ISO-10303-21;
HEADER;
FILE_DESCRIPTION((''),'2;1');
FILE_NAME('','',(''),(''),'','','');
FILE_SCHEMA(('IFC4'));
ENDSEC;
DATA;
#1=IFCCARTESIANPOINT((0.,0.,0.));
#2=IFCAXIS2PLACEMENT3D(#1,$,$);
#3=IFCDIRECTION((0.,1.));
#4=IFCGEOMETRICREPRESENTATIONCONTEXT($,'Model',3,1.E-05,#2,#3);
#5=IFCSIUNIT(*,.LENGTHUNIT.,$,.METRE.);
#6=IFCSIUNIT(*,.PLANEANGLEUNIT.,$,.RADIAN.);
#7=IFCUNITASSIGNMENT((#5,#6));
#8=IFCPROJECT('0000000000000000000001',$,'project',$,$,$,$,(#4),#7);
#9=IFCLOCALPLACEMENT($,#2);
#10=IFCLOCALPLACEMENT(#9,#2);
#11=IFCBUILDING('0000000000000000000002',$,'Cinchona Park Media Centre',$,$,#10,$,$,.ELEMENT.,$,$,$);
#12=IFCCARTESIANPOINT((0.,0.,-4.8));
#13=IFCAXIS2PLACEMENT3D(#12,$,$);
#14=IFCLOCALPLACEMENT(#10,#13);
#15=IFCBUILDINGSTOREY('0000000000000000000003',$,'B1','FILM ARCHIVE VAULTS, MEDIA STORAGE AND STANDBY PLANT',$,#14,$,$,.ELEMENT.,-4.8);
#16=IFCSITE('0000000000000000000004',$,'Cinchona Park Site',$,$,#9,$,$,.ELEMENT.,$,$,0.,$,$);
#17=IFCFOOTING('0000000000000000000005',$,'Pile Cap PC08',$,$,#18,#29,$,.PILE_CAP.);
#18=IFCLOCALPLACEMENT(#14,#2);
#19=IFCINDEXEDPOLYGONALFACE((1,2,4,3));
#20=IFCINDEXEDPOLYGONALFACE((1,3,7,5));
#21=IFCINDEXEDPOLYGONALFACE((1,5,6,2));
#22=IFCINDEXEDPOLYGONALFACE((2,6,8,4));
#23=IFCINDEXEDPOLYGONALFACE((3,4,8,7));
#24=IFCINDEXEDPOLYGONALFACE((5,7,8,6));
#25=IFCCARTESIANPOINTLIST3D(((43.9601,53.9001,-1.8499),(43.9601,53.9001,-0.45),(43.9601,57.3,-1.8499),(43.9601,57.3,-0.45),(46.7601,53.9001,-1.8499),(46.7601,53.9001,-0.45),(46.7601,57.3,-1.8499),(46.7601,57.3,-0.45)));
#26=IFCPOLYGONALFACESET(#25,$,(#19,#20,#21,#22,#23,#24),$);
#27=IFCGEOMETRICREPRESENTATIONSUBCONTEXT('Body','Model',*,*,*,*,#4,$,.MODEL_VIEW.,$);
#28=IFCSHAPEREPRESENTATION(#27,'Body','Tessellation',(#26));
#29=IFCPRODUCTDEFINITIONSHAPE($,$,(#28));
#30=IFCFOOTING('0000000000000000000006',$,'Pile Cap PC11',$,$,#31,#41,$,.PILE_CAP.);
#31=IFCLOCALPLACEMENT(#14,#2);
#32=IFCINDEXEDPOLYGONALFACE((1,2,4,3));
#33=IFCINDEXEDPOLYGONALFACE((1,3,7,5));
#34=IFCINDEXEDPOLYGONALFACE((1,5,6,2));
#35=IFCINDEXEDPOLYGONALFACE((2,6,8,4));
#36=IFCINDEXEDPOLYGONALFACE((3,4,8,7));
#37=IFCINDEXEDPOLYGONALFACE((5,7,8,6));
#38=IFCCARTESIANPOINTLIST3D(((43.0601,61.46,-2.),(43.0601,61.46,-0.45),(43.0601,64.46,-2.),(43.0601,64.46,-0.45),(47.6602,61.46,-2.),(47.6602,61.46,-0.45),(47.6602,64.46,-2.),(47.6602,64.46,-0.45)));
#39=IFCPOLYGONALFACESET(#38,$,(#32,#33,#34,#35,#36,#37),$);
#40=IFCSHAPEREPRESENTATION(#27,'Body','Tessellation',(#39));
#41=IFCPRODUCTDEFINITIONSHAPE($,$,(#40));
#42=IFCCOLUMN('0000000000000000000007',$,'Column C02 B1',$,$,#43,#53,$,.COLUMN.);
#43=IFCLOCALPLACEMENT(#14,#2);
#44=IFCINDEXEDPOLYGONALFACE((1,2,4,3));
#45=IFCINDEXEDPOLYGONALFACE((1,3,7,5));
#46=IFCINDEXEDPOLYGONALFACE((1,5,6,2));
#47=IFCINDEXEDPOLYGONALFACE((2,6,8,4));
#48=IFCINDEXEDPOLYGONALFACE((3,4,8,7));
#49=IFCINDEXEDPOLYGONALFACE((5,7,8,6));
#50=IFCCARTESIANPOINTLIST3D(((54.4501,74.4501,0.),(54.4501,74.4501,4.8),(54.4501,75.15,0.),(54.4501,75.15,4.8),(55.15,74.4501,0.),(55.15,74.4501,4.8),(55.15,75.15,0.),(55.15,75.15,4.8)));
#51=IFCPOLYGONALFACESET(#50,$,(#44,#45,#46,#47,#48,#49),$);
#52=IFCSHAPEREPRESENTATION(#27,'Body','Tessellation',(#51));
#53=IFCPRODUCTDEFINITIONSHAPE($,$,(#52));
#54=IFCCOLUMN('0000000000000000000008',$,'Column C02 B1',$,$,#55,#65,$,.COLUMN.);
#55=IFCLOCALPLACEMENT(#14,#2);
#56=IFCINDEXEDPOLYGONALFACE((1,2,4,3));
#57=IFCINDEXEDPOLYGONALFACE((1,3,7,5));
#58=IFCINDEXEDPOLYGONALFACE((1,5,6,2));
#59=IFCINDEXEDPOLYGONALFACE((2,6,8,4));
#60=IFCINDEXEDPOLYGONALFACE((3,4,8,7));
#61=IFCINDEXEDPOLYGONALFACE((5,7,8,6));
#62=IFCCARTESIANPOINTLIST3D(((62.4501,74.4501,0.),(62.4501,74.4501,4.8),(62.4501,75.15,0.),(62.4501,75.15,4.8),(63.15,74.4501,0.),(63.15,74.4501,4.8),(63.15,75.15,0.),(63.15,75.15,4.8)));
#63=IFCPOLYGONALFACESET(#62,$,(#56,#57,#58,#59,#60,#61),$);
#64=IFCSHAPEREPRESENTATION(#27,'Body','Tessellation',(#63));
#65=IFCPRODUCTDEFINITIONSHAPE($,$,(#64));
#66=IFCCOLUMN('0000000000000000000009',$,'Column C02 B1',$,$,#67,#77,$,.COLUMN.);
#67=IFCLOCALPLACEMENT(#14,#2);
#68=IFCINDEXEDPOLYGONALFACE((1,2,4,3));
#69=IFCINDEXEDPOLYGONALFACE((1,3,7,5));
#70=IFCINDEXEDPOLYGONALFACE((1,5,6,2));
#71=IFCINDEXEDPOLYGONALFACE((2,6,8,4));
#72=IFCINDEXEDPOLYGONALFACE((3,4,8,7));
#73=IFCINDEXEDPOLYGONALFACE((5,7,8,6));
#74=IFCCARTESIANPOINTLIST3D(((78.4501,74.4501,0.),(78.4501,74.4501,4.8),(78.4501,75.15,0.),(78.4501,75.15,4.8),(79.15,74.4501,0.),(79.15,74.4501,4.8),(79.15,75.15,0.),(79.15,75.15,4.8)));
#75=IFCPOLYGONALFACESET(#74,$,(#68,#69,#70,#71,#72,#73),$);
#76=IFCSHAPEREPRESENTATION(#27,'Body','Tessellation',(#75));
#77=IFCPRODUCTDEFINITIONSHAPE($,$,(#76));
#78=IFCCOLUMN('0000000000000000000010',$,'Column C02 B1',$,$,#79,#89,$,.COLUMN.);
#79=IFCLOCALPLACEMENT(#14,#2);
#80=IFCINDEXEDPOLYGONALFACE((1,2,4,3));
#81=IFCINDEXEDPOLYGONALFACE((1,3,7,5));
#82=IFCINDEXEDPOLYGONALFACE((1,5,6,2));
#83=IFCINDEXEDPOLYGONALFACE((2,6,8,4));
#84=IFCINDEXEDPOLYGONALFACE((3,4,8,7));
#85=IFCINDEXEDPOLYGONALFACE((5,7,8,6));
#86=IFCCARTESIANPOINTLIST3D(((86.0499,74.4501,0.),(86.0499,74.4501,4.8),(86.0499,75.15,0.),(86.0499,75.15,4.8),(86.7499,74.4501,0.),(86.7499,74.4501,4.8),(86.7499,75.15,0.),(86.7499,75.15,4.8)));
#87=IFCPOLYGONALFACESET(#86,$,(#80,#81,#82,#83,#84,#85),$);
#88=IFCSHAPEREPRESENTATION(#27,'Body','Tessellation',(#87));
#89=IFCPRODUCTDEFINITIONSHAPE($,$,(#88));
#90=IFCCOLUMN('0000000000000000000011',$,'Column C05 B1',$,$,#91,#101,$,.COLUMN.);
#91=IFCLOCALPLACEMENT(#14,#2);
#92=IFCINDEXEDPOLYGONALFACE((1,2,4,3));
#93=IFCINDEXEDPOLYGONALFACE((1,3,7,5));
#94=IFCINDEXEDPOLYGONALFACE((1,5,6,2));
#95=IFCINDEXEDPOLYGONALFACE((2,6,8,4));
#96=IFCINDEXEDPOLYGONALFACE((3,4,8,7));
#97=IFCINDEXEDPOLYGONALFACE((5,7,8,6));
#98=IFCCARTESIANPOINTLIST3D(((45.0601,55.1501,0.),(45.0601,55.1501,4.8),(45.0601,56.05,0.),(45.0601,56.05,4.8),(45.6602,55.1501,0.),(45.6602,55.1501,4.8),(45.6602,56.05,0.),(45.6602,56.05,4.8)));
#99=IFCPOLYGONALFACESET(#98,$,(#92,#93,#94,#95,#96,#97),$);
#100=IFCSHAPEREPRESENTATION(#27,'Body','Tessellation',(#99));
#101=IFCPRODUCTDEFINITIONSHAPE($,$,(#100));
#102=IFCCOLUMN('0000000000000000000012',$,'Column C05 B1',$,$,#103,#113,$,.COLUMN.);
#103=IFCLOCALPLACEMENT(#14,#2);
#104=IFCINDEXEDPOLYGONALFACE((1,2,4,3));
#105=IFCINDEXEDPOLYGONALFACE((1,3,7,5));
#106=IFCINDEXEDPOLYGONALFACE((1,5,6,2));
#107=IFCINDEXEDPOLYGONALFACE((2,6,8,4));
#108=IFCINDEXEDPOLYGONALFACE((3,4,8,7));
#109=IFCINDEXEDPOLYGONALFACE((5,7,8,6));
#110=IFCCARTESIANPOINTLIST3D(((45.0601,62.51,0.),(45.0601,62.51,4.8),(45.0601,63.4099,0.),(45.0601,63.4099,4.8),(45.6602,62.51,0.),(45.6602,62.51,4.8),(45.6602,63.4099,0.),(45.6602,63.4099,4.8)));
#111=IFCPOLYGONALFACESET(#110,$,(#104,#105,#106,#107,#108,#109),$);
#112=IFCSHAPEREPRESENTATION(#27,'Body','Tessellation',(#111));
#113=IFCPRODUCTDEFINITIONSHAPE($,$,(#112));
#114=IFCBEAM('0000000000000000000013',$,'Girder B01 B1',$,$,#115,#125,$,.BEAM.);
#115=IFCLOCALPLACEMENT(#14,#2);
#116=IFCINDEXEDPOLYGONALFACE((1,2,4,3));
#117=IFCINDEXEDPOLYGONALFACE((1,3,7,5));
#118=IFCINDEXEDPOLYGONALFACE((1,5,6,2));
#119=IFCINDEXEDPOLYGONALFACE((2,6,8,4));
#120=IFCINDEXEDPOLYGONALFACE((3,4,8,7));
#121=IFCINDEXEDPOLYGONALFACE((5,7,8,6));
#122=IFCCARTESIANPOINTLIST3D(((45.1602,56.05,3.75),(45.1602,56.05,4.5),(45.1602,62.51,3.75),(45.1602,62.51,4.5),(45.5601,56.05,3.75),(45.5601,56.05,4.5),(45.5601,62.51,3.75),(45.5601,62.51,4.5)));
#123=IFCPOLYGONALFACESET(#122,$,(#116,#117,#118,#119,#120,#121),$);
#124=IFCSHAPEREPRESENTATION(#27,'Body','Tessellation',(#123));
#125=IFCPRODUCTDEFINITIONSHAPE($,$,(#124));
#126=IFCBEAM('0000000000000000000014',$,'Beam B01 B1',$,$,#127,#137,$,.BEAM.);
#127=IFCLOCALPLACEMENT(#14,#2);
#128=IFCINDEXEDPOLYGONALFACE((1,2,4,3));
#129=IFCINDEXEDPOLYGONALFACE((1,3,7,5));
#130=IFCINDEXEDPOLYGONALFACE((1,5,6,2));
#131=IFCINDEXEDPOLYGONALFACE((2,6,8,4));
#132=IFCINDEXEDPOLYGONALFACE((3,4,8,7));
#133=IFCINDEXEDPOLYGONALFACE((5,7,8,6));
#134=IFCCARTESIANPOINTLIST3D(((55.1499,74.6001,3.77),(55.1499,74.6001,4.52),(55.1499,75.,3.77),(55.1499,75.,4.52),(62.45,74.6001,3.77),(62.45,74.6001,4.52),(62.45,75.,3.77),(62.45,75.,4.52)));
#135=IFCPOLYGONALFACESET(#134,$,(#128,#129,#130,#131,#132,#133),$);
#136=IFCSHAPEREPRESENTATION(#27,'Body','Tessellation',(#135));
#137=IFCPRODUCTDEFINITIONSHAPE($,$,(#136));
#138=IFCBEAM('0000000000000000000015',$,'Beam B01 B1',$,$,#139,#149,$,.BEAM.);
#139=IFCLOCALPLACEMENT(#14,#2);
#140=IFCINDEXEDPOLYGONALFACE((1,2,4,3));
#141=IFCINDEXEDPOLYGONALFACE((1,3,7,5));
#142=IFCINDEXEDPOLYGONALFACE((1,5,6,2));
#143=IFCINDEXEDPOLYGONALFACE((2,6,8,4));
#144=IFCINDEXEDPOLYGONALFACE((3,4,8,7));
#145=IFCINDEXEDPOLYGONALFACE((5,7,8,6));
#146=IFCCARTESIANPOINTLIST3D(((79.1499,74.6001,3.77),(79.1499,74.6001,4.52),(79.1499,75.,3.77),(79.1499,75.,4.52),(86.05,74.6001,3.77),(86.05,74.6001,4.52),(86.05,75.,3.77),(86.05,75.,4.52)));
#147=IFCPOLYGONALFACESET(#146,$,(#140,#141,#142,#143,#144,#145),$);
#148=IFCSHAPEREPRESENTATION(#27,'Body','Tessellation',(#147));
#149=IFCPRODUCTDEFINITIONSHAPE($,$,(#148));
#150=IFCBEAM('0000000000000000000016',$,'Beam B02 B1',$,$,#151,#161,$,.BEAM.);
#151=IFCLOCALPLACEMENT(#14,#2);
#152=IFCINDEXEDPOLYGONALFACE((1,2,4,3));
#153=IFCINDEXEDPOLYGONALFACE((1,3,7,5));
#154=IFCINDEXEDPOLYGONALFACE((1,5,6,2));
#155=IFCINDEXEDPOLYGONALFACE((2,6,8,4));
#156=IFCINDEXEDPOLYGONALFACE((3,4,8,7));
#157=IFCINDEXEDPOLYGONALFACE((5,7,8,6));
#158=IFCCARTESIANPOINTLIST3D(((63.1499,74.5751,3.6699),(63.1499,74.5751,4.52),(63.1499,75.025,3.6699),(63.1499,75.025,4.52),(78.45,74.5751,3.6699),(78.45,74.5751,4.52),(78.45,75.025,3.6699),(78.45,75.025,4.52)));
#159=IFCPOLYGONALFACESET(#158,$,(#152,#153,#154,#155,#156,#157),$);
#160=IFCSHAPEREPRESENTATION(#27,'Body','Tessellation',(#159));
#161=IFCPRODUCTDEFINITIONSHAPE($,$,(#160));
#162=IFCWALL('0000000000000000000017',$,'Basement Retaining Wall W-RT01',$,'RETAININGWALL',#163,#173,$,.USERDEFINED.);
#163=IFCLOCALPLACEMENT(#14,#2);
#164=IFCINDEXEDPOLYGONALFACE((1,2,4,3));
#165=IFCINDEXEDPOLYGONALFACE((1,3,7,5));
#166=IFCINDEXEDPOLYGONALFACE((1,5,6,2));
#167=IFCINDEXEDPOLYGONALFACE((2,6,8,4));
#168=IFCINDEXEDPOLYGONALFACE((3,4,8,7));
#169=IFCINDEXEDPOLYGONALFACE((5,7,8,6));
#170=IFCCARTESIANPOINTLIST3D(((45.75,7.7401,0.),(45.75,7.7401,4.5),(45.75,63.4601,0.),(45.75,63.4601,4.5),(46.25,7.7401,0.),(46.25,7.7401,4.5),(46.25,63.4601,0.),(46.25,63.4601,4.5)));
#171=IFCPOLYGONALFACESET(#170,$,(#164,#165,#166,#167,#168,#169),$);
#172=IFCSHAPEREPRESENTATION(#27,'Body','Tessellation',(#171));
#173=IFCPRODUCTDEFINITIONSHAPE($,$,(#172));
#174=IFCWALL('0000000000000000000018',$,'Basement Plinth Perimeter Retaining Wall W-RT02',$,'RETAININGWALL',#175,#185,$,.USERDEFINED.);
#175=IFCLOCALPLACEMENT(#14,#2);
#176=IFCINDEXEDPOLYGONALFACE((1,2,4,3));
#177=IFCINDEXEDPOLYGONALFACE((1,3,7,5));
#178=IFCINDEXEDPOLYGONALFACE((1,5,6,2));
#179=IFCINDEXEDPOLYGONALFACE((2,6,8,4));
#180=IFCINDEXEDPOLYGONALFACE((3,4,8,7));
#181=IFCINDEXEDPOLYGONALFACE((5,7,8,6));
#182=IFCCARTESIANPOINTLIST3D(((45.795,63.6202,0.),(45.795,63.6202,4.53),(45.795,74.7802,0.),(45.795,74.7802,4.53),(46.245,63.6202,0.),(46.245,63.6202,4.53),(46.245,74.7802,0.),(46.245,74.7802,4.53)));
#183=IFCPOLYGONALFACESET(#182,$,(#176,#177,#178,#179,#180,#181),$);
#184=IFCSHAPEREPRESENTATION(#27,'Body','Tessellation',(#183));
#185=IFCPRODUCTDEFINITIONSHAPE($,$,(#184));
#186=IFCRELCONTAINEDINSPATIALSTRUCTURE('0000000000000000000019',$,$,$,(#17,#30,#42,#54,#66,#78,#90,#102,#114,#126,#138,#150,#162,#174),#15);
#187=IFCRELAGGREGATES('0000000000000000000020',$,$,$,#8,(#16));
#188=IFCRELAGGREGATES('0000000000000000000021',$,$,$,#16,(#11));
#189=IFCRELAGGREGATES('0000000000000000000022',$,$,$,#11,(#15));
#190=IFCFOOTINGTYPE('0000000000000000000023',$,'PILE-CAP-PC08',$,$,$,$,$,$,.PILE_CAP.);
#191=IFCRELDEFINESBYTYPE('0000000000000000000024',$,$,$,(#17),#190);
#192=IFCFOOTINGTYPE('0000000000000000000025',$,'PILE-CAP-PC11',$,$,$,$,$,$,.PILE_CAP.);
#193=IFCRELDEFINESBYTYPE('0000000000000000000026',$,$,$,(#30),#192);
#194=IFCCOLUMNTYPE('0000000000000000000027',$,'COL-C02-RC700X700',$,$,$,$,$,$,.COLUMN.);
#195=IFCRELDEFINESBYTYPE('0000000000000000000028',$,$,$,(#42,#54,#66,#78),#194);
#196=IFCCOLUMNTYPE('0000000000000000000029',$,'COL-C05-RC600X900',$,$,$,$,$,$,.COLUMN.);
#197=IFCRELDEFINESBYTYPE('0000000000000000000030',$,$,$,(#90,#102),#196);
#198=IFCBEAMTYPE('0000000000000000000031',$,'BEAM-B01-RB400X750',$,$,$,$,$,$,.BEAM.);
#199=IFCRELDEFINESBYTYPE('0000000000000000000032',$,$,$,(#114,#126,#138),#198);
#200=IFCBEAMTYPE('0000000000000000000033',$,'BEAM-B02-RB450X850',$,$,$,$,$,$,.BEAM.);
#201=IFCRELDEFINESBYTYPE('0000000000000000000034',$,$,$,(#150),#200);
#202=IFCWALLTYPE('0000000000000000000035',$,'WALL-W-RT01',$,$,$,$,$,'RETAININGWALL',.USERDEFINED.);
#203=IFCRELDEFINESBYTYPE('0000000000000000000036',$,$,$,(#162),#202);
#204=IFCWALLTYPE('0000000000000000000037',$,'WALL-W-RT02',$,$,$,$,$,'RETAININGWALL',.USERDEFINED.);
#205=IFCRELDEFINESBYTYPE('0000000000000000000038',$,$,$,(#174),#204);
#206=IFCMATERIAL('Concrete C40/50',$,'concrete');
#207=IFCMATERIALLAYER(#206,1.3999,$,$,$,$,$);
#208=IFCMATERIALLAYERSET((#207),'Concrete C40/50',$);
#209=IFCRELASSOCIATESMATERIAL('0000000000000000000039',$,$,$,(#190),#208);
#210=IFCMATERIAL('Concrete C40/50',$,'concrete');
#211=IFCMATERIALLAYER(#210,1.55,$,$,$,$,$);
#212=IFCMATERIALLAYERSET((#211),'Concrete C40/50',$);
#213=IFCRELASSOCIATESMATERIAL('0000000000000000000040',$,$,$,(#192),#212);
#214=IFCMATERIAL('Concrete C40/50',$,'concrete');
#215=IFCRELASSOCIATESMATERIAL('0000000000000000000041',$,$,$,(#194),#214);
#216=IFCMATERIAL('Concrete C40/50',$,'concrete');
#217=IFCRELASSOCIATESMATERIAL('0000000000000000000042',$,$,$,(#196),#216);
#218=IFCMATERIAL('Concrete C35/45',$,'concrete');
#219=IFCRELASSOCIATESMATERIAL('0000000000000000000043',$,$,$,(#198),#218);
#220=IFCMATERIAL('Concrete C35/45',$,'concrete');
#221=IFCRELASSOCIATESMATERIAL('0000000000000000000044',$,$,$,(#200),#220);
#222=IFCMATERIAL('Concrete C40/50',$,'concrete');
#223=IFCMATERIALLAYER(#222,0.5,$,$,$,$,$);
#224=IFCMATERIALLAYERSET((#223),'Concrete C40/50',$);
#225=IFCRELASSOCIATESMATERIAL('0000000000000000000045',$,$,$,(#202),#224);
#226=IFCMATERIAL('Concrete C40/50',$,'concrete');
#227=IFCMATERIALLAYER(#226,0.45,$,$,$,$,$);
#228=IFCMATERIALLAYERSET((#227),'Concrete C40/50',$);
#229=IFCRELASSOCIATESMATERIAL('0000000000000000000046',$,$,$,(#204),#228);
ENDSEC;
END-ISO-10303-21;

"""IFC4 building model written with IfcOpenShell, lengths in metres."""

from ifc_helpers import new_model, si_unit, direction, frame, frame_2d, origin, origin_2d, place, context, subcontext, project, spatial, rectangle, extrude, material, layer, layer_set, material_profile, profile_set, type_object, element, save


model = new_model("IFC4")

# Units and contexts
model_context = context("Model", 3, precision=1e-05, world=origin(), true_north=direction((0.0, 1.0)))
body_context = subcontext(model_context, "Body", "Model", "MODEL_VIEW")
ifc_project = project(units=[si_unit("LENGTHUNIT", "METRE"), si_unit("PLANEANGLEUNIT", "RADIAN")], contexts=[model_context])

# Site, building, storey
site_placement = place(None, origin())
site = spatial("IfcSite", under=ifc_project, at=site_placement, Name="Cinchona Park Site", CompositionType="ELEMENT", RefElevation=0.0)
building_placement = place(site_placement, origin())
building = spatial("IfcBuilding", under=site, at=building_placement, Name="Cinchona Park Media Centre", CompositionType="ELEMENT")
storey_placement = place(building_placement, frame((0.0, 0.0, -4.8)))
storey = spatial("IfcBuildingStorey", under=building, at=storey_placement, Name="B1", Description="FILM ARCHIVE VAULTS, MEDIA STORAGE AND STANDBY PLANT", CompositionType="ELEMENT", Elevation=-4.8)

# Footings
ifc_material_1 = material(Name="Concrete C40/50", Category="concrete")
ifc_layer_1 = layer(ifc_material_1, 1.3999)
ifc_layer_set_1 = layer_set([ifc_layer_1], Name="Concrete C40/50")
footing_type_1 = type_object("IfcFootingType", Name="PILE-CAP-PC08", PredefinedType="PILE_CAP", material=ifc_layer_set_1)
footing_1_placement = place(storey_placement, frame((45.3601, 55.6001, -1.8499), z_axis=(0.0, 0.0, 1.0), x_axis=(1.0, 0.0, 0.0)))
element("IfcFooting", 1, at=footing_1_placement, inside=storey, type_object=footing_type_1, Name="Pile Cap PC08", PredefinedType="PILE_CAP", context=body_context, shape_type="SweptSolid", body=[
    extrude(rectangle(XDim=2.8, YDim=3.3999, at=origin_2d()), origin(), (0.0, 0.0, 1.0), 1.3999),
])
ifc_material_2 = material(Name="Concrete C40/50", Category="concrete")
ifc_layer_2 = layer(ifc_material_2, 1.55)
ifc_layer_set_2 = layer_set([ifc_layer_2], Name="Concrete C40/50")
footing_type_2 = type_object("IfcFootingType", Name="PILE-CAP-PC11", PredefinedType="PILE_CAP", material=ifc_layer_set_2)
footing_2_placement = place(storey_placement, frame((45.3601, 62.96, -2.0), z_axis=(0.0, 0.0, 1.0), x_axis=(1.0, 0.0, 0.0)))
element("IfcFooting", 2, at=footing_2_placement, inside=storey, type_object=footing_type_2, Name="Pile Cap PC11", PredefinedType="PILE_CAP", context=body_context, shape_type="SweptSolid", body=[
    extrude(rectangle(XDim=4.6001, YDim=3.0, at=origin_2d()), origin(), (0.0, 0.0, 1.0), 1.55),
])

# Columns
ifc_material_3 = material(Name="Concrete C40/50", Category="concrete")
ifc_material_profile_1 = material_profile(ifc_material_3, rectangle(XDim=0.7, YDim=0.7, at=origin_2d()), Name="RC 700X700")
ifc_profile_set_1 = profile_set([ifc_material_profile_1], Name="Concrete C40/50")
column_type_1 = type_object("IfcColumnType", Name="COL-C02-RC700X700", PredefinedType="COLUMN", material=ifc_profile_set_1)
for number, where, z_axis, x_axis, name in (
    (3, (54.8, 74.8, 0.0), (0.0, 0.0, 1.0), (1.0, 0.0, 0.0), "Column C02 B1"),
    (4, (62.8, 74.8, 0.0), (0.0, 0.0, 1.0), (1.0, 0.0, 0.0), "Column C02 B1"),
    (5, (78.8, 74.8, 0.0), (0.0, 0.0, 1.0), (1.0, 0.0, 0.0), "Column C02 B1"),
    (6, (86.3999, 74.8, 0.0), (0.0, 0.0, 1.0), (1.0, 0.0, 0.0), "Column C02 B1"),
):
    element("IfcColumn", number, at=place(storey_placement, frame(where, z_axis=z_axis, x_axis=x_axis)), inside=storey, type_object=column_type_1, Name=name, PredefinedType="COLUMN", context=body_context, shape_type="SweptSolid", body=[
        extrude(rectangle(XDim=0.7, YDim=0.7, at=origin_2d()), origin(), (0.0, 0.0, 1.0), 4.8),
    ])
ifc_material_4 = material(Name="Concrete C40/50", Category="concrete")
ifc_material_profile_2 = material_profile(ifc_material_4, rectangle(XDim=0.6001, YDim=0.8999, at=origin_2d()), Name="RC 600X900")
ifc_profile_set_2 = profile_set([ifc_material_profile_2], Name="Concrete C40/50")
column_type_2 = type_object("IfcColumnType", Name="COL-C05-RC600X900", PredefinedType="COLUMN", material=ifc_profile_set_2)
for number, where, z_axis, x_axis, name in (
    (7, (45.3601, 55.6001, 0.0), (0.0, 0.0, 1.0), (1.0, 0.0, 0.0), "Column C05 B1"),
    (8, (45.3601, 62.96, 0.0), (0.0, 0.0, 1.0), (1.0, 0.0, 0.0), "Column C05 B1"),
):
    element("IfcColumn", number, at=place(storey_placement, frame(where, z_axis=z_axis, x_axis=x_axis)), inside=storey, type_object=column_type_2, Name=name, PredefinedType="COLUMN", context=body_context, shape_type="SweptSolid", body=[
        extrude(rectangle(XDim=0.6001, YDim=0.8999, at=origin_2d()), origin(), (0.0, 0.0, 1.0), 4.8),
    ])

# Beams
ifc_material_5 = material(Name="Concrete C35/45", Category="concrete")
ifc_material_profile_3 = material_profile(ifc_material_5, rectangle(XDim=0.3999, YDim=0.75, at=origin_2d()), Name="RB 400X750")
ifc_profile_set_3 = profile_set([ifc_material_profile_3], Name="Concrete C35/45")
beam_type_1 = type_object("IfcBeamType", Name="BEAM-B01-RB400X750", PredefinedType="BEAM", material=ifc_profile_set_3)
beam_1_placement = place(storey_placement, frame((45.3601, 56.05, 4.125), z_axis=(0.0, 1.0, 0.0), x_axis=(-1.0, 0.0, 0.0)))
element("IfcBeam", 9, at=beam_1_placement, inside=storey, type_object=beam_type_1, Name="Girder B01 B1", PredefinedType="BEAM", context=body_context, shape_type="SweptSolid", body=[
    extrude(rectangle(XDim=0.3999, YDim=0.75, at=origin_2d()), origin(), (0.0, 0.0, 1.0), 6.46),
])
beam_2_placement = place(storey_placement, frame((55.1499, 74.8, 4.145), z_axis=(1.0, 0.0, 0.0), x_axis=(0.0, 1.0, 0.0)))
element("IfcBeam", 10, at=beam_2_placement, inside=storey, type_object=beam_type_1, Name="Beam B01 B1", PredefinedType="BEAM", context=body_context, shape_type="SweptSolid", body=[
    extrude(rectangle(XDim=0.3999, YDim=0.75, at=origin_2d()), origin(), (0.0, 0.0, 1.0), 7.3),
])
beam_3_placement = place(storey_placement, frame((79.1499, 74.8, 4.145), z_axis=(1.0, 0.0, 0.0), x_axis=(0.0, 1.0, 0.0)))
element("IfcBeam", 11, at=beam_3_placement, inside=storey, type_object=beam_type_1, Name="Beam B01 B1", PredefinedType="BEAM", context=body_context, shape_type="SweptSolid", body=[
    extrude(rectangle(XDim=0.3999, YDim=0.75, at=origin_2d()), origin(), (0.0, 0.0, 1.0), 6.9001),
])
ifc_material_6 = material(Name="Concrete C35/45", Category="concrete")
ifc_material_profile_4 = material_profile(ifc_material_6, rectangle(XDim=0.45, YDim=0.8501, at=origin_2d()), Name="RB 450X850")
ifc_profile_set_4 = profile_set([ifc_material_profile_4], Name="Concrete C35/45")
beam_type_2 = type_object("IfcBeamType", Name="BEAM-B02-RB450X850", PredefinedType="BEAM", material=ifc_profile_set_4)
beam_4_placement = place(storey_placement, frame((63.1499, 74.8, 4.095), z_axis=(1.0, 0.0, 0.0), x_axis=(0.0, 1.0, 0.0)))
element("IfcBeam", 12, at=beam_4_placement, inside=storey, type_object=beam_type_2, Name="Beam B02 B1", PredefinedType="BEAM", context=body_context, shape_type="SweptSolid", body=[
    extrude(rectangle(XDim=0.45, YDim=0.8501, at=origin_2d()), origin(), (0.0, 0.0, 1.0), 15.3),
])

# Walls
ifc_material_7 = material(Name="Concrete C40/50", Category="concrete")
ifc_layer_3 = layer(ifc_material_7, 0.5)
ifc_layer_set_3 = layer_set([ifc_layer_3], Name="Concrete C40/50")
wall_type_1 = type_object("IfcWallType", Name="WALL-W-RT01", ElementType="RETAININGWALL", PredefinedType="USERDEFINED", material=ifc_layer_set_3)
wall_1_placement = place(storey_placement, frame((46.0, 63.46, 0.0), z_axis=(0.0, 0.0, 1.0), x_axis=(0.0, -1.0, 0.0)))
element("IfcWall", 13, at=wall_1_placement, inside=storey, type_object=wall_type_1, Name="Basement Retaining Wall W-RT01", ObjectType="RETAININGWALL", PredefinedType="USERDEFINED", context=body_context, shape_type="SweptSolid", body=[
    extrude(rectangle(XDim=55.72, YDim=0.5, at=frame_2d((27.8599, 0.0))), origin(), (0.0, 0.0, 1.0), 4.5),
])
ifc_material_8 = material(Name="Concrete C40/50", Category="concrete")
ifc_layer_4 = layer(ifc_material_8, 0.45)
ifc_layer_set_4 = layer_set([ifc_layer_4], Name="Concrete C40/50")
wall_type_2 = type_object("IfcWallType", Name="WALL-W-RT02", ElementType="RETAININGWALL", PredefinedType="USERDEFINED", material=ifc_layer_set_4)
wall_2_placement = place(storey_placement, frame((46.02, 63.6201, 0.0), z_axis=(0.0, 0.0, 1.0), x_axis=(0.0, 1.0, 0.0)))
element("IfcWall", 14, at=wall_2_placement, inside=storey, type_object=wall_type_2, Name="Basement Plinth Perimeter Retaining Wall W-RT02", ObjectType="RETAININGWALL", PredefinedType="USERDEFINED", context=body_context, shape_type="SweptSolid", body=[
    extrude(rectangle(XDim=11.1599, YDim=0.45, at=frame_2d((5.5801, 0.0))), origin(), (0.0, 0.0, 1.0), 4.53),
])

save(model, "model.ifc")
